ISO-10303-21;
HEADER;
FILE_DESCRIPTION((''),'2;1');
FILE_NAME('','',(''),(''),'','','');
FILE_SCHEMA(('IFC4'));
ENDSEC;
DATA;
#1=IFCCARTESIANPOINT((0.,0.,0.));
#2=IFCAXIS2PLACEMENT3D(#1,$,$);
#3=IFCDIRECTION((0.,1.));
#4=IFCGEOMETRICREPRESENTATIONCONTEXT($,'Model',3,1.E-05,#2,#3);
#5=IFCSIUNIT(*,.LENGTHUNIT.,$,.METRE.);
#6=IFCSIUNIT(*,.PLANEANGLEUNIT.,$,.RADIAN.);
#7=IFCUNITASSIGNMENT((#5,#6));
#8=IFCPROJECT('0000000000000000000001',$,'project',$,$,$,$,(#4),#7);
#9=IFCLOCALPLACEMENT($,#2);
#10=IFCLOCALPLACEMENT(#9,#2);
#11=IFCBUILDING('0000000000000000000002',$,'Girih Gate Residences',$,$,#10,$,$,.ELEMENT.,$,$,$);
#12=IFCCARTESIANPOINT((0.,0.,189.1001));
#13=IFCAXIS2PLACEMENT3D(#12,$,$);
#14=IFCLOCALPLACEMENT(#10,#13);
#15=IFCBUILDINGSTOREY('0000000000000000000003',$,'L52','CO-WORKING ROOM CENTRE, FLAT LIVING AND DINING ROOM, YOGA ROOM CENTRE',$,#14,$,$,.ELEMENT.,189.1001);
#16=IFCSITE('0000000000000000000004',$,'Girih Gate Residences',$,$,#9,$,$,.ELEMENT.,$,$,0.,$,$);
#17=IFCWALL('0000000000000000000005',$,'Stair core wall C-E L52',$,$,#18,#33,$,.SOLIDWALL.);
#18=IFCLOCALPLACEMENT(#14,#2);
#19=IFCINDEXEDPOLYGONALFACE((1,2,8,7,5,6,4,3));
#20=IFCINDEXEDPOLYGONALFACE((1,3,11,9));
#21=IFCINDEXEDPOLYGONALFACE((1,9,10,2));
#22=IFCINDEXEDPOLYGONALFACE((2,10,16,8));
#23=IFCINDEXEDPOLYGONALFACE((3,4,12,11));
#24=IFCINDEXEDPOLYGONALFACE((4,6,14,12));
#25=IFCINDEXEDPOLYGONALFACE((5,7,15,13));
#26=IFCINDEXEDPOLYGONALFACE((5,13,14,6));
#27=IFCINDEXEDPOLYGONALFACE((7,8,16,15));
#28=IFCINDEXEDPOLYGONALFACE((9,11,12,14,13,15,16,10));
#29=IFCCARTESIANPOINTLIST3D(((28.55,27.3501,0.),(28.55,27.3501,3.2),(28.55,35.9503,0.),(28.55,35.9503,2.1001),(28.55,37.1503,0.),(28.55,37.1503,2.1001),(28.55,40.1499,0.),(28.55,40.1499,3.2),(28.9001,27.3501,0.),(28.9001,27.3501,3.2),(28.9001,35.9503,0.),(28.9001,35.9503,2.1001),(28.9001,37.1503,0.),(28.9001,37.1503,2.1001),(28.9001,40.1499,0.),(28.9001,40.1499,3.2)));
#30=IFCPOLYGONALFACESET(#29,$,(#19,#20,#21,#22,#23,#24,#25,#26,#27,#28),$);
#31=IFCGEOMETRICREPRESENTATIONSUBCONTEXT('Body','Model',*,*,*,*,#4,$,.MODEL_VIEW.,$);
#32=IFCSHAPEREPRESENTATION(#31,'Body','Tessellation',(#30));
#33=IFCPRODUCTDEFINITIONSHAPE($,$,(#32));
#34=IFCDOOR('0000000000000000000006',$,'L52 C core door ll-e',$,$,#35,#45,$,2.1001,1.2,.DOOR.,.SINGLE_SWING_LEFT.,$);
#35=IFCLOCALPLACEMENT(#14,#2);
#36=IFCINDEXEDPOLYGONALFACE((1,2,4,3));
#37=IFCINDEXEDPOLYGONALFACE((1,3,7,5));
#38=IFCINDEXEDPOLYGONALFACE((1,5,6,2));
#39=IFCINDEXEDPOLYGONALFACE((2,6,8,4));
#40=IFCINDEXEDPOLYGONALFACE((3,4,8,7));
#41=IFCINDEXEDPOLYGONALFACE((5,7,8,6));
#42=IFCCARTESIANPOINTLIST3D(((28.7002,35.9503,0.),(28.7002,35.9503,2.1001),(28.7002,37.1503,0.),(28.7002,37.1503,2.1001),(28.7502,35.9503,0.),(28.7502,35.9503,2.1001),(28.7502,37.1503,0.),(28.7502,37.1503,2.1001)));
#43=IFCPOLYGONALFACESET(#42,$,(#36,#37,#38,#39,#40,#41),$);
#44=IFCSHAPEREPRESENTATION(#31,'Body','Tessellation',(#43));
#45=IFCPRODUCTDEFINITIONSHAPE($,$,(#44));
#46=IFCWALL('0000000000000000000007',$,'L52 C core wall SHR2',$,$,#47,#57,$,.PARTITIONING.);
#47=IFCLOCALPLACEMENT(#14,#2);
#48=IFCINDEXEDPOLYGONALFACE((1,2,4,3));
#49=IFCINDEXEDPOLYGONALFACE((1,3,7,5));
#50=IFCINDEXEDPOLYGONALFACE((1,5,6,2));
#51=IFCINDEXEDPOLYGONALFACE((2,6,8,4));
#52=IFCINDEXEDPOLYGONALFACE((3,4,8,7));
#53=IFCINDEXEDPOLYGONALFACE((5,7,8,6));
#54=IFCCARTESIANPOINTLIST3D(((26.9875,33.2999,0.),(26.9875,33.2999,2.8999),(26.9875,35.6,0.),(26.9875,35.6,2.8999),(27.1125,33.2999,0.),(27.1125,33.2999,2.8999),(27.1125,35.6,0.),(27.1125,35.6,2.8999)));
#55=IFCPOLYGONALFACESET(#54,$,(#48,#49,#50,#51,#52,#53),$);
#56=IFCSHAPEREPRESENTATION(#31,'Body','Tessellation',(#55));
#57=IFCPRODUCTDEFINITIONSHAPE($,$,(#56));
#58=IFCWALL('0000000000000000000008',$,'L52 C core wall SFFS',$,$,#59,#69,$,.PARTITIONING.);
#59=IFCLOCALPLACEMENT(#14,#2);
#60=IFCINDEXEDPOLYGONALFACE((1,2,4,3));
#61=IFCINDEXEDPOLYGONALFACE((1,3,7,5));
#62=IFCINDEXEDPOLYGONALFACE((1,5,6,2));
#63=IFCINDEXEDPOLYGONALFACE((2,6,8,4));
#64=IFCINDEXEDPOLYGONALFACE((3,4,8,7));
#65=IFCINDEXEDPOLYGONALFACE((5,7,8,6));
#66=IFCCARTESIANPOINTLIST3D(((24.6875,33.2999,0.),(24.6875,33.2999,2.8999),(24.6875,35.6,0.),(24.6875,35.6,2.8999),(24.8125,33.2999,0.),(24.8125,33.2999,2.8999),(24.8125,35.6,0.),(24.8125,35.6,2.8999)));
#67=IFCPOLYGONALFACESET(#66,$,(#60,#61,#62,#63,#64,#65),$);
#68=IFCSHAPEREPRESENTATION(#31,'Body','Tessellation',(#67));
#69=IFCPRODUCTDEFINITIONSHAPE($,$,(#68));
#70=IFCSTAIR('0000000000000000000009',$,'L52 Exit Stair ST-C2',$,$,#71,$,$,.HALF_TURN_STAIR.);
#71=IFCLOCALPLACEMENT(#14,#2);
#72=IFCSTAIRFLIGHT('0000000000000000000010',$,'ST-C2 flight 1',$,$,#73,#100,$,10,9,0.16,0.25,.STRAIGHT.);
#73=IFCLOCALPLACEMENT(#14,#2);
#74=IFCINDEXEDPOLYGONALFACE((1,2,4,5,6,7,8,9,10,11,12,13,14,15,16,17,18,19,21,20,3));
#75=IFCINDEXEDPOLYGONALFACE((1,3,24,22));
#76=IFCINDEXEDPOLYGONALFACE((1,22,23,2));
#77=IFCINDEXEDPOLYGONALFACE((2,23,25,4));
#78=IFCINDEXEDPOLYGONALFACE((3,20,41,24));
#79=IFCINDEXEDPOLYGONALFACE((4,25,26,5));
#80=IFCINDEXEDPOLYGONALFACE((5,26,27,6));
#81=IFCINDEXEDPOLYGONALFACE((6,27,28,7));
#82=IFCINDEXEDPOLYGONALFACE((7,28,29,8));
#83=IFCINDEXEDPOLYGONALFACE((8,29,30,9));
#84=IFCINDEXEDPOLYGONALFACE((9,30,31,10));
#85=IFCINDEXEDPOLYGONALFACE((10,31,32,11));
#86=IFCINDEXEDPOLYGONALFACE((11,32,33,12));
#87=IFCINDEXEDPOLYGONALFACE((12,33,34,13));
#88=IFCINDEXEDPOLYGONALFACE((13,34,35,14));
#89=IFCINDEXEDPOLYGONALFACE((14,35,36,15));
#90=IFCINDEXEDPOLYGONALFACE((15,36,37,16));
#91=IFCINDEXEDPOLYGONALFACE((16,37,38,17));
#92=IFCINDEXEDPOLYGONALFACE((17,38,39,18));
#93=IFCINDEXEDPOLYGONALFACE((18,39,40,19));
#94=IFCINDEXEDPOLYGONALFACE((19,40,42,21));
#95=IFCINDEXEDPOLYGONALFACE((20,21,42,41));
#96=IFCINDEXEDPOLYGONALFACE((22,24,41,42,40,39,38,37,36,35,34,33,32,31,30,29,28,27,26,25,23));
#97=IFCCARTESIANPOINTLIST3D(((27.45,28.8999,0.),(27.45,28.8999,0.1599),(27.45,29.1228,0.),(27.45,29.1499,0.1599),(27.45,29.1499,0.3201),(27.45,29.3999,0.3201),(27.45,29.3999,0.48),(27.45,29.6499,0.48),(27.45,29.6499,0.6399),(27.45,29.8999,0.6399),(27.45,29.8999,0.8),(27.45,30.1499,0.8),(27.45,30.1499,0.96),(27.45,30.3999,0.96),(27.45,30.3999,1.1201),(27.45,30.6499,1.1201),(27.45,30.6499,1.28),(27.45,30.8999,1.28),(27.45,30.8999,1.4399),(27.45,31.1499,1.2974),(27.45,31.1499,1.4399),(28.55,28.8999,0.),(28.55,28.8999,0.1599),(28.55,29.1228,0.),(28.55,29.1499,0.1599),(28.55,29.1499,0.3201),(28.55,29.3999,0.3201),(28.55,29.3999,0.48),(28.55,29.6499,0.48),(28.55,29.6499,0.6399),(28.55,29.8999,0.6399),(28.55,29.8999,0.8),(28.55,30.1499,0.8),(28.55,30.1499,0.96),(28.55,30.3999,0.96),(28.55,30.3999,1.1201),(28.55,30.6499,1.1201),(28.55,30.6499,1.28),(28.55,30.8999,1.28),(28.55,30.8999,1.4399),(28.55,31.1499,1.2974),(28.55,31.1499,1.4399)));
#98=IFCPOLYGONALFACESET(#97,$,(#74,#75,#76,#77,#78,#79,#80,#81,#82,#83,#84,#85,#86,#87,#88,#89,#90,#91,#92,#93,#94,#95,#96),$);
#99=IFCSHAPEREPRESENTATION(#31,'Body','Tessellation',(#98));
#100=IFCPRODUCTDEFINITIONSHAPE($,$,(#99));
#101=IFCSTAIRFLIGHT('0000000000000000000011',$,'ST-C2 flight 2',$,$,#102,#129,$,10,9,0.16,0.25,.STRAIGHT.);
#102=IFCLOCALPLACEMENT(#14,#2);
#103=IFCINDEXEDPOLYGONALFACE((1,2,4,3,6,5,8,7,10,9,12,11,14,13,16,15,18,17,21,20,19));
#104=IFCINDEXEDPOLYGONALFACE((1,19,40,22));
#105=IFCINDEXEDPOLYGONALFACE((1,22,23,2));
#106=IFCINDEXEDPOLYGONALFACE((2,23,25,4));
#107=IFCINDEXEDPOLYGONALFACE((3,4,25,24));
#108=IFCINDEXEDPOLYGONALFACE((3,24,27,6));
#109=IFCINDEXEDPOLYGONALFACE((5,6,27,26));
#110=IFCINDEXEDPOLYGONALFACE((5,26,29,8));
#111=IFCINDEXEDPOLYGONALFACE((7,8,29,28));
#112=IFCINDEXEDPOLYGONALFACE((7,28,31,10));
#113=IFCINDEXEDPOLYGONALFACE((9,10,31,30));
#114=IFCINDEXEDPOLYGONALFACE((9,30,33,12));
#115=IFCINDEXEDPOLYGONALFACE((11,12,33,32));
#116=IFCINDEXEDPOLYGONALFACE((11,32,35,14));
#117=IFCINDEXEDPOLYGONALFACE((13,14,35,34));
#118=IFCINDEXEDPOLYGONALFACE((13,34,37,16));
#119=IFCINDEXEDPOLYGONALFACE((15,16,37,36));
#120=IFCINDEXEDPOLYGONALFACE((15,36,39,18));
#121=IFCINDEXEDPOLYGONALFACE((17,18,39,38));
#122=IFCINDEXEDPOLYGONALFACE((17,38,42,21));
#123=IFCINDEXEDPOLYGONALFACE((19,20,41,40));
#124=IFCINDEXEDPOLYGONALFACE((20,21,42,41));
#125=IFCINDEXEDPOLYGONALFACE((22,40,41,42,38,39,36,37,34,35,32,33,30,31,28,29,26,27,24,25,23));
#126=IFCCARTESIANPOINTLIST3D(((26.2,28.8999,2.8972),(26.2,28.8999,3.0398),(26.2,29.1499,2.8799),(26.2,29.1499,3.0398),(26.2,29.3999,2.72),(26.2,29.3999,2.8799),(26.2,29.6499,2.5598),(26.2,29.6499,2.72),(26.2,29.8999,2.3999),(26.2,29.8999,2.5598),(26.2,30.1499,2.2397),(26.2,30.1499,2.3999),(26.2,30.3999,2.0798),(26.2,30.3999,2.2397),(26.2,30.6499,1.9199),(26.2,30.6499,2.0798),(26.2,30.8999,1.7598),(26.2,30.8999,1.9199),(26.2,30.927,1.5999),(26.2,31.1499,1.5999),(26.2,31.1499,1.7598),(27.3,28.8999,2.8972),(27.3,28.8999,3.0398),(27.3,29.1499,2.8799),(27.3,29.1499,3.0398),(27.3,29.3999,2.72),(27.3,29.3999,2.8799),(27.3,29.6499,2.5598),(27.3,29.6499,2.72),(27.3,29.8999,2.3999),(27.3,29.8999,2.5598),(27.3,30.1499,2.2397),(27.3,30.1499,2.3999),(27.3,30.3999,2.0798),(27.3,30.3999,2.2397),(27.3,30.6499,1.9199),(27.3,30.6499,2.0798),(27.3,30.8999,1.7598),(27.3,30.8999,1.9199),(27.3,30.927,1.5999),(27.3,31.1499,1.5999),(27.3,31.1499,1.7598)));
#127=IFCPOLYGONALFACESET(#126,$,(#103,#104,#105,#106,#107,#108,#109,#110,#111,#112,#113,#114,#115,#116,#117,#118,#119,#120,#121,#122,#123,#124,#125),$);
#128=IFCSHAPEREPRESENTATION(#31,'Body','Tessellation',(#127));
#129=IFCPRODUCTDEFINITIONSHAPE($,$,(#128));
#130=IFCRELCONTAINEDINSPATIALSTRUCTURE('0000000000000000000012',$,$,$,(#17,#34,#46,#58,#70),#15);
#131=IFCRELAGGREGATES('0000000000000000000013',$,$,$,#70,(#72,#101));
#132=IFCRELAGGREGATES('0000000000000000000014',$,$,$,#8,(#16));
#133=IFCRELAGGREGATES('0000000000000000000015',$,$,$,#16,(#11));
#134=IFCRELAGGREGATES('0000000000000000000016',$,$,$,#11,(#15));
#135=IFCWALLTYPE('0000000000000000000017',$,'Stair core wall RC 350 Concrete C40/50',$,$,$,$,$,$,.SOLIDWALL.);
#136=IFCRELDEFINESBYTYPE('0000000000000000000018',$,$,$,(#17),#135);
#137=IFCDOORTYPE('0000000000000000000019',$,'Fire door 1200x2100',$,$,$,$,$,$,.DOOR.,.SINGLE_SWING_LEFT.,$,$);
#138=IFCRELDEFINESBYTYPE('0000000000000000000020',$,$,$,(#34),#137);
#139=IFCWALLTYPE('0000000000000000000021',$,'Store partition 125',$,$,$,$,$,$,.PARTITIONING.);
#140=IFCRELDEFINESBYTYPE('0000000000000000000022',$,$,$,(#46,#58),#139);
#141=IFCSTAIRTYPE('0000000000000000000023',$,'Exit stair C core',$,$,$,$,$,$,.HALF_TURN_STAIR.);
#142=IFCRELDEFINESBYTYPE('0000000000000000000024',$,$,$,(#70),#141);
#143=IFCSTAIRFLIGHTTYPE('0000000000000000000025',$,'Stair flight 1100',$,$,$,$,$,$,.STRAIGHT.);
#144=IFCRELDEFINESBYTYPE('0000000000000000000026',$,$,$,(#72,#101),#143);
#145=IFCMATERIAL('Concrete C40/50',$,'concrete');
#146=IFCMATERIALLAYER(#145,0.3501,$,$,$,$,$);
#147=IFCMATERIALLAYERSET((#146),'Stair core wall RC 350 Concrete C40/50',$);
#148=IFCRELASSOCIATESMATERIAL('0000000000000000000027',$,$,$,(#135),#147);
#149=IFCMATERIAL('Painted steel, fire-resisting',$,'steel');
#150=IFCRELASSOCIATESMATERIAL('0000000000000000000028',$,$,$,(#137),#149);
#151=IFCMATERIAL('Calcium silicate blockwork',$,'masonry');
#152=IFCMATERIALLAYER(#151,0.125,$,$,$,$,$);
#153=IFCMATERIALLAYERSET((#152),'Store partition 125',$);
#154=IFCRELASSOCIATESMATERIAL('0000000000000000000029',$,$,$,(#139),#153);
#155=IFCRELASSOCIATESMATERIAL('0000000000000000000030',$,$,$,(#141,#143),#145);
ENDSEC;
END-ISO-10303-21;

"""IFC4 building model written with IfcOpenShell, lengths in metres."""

from ifc_helpers import new_model, si_unit, direction, frame, frame_2d, origin, place, context, subcontext, project, spatial, polyline, rectangle, outline, extrude, material, layer, layer_set, type_object, element, fill, aggregate, save


model = new_model("IFC4")

# Units and contexts
model_context = context("Model", 3, precision=1e-05, world=origin(), true_north=direction((0.0, 1.0)))
body_context = subcontext(model_context, "Body", "Model", "MODEL_VIEW")
ifc_project = project(units=[si_unit("LENGTHUNIT", "METRE"), si_unit("PLANEANGLEUNIT", "RADIAN")], contexts=[model_context])

# Site, building, storey
site_placement = place(None, origin())
site = spatial("IfcSite", under=ifc_project, at=site_placement, Name="Girih Gate Residences", CompositionType="ELEMENT", RefElevation=0.0)
building_placement = place(site_placement, origin())
building = spatial("IfcBuilding", under=site, at=building_placement, Name="Girih Gate Residences", CompositionType="ELEMENT")
storey_placement = place(building_placement, frame((0.0, 0.0, 189.1001)))
storey = spatial("IfcBuildingStorey", under=building, at=storey_placement, Name="L52", Description="CO-WORKING ROOM CENTRE, FLAT LIVING AND DINING ROOM, YOGA ROOM CENTRE", CompositionType="ELEMENT", Elevation=189.1001)

# Shared definitions
ifc_material_1 = material(Name="Concrete C40/50", Category="concrete")
ifc_material_2 = material(Name="Painted steel, fire-resisting", Category="steel")

# Wall, opening, door
ifc_layer_1 = layer(ifc_material_1, 0.3501)
ifc_layer_set_1 = layer_set([ifc_layer_1], Name="Stair core wall RC 350 Concrete C40/50")
wall_type_1 = type_object("IfcWallType", Name="Stair core wall RC 350 Concrete C40/50", PredefinedType="SOLIDWALL", material=ifc_layer_set_1)
wall_1_placement = place(storey_placement, frame((28.7251, 27.3501, 0.0), z_axis=(0.0, 0.0, 1.0), x_axis=(0.0, 1.0, 0.0)))
wall_1 = element("IfcWall", 1, at=wall_1_placement, inside=storey, type_object=wall_type_1, Name="Stair core wall C-E L52", PredefinedType="SOLIDWALL", context=body_context, shape_type="SweptSolid", body=[
    extrude(rectangle(XDim=12.7998, YDim=0.3501, at=frame_2d((6.3999, 0.0))), origin(), (0.0, 0.0, 1.0), 3.2),
])
opening_1_placement = place(wall_1_placement, frame((8.6001, 0.0, 0.0)))
opening_1 = element("IfcOpeningElement", 2, at=opening_1_placement, cuts=wall_1, PredefinedType="OPENING", context=body_context, shape_type="SweptSolid", body=[
    extrude(rectangle(XDim=1.2, YDim=2.1001, at=frame_2d((0.6001, 1.05))), frame((0.0, 0.1851, 0.0), z_axis=(0.0, -1.0, 0.0), x_axis=(1.0, 0.0, 0.0)), (0.0, 0.0, 1.0), 0.3701),
])
door_type_1 = type_object("IfcDoorType", Name="Fire door 1200x2100", OperationType="SINGLE_SWING_LEFT", PredefinedType="DOOR", material=ifc_material_2)
door_1_placement = place(opening_1_placement, origin())
door_1 = element("IfcDoor", 3, at=door_1_placement, inside=storey, type_object=door_type_1, Name="L52 C core door ll-e", OperationType="SINGLE_SWING_LEFT", OverallHeight=2.1001, OverallWidth=1.2, PredefinedType="DOOR", context=body_context, shape_type="SweptSolid", body=[
    extrude(rectangle(XDim=1.2, YDim=2.1001, at=frame_2d((0.6001, 1.05))), frame((0.0, 0.0249, 0.0), z_axis=(0.0, -1.0, 0.0), x_axis=(1.0, 0.0, 0.0)), (0.0, 0.0, 1.0), 0.05),
])
fill(opening_1, door_1)

# Walls
ifc_material_3 = material(Name="Calcium silicate blockwork", Category="masonry")
ifc_layer_2 = layer(ifc_material_3, 0.125)
ifc_layer_set_2 = layer_set([ifc_layer_2], Name="Store partition 125")
wall_type_2 = type_object("IfcWallType", Name="Store partition 125", PredefinedType="PARTITIONING", material=ifc_layer_set_2)
for number, where, z_axis, x_axis, name in (
    (4, (27.05, 33.3, 0.0), (0.0, 0.0, 1.0), (0.0, 1.0, 0.0), "L52 C core wall SHR2"),
    (5, (24.75, 33.3, 0.0), (0.0, 0.0, 1.0), (0.0, 1.0, 0.0), "L52 C core wall SFFS"),
):
    element("IfcWall", number, at=place(storey_placement, frame(where, z_axis=z_axis, x_axis=x_axis)), inside=storey, type_object=wall_type_2, Name=name, PredefinedType="PARTITIONING", context=body_context, shape_type="SweptSolid", body=[
        extrude(rectangle(XDim=2.3, YDim=0.125, at=frame_2d((1.1499, 0.0))), origin(), (0.0, 0.0, 1.0), 2.8999),
    ])

# Stair, stair flights
stair_type = type_object("IfcStairType", Name="Exit stair C core", PredefinedType="HALF_TURN_STAIR", material=ifc_material_1)
stair_placement = place(storey_placement, origin())
stair = element("IfcStair", 6, at=stair_placement, inside=storey, type_object=stair_type, Name="L52 Exit Stair ST-C2", PredefinedType="HALF_TURN_STAIR")
stair_flight_type = type_object("IfcStairFlightType", Name="Stair flight 1100", PredefinedType="STRAIGHT", material=ifc_material_1)
stair_flight_1_placement = place(storey_placement, frame((28.0, 28.8999, 0.0), z_axis=(0.0, 0.0, 1.0), x_axis=(0.0, 1.0, 0.0)))
stair_flight_1 = element("IfcStairFlight", 7, at=stair_flight_1_placement, type_object=stair_flight_type, Name="ST-C2 flight 1", NumberOfRisers=10, NumberOfTreads=9, PredefinedType="STRAIGHT", RiserHeight=0.16, TreadLength=0.25, context=body_context, shape_type="SweptSolid", body=[
    extrude(outline(polyline([(0.0, 0.0), (0.0, 0.1599), (0.25, 0.1599), (0.25, 0.3201), (0.5, 0.3201), (0.5, 0.48), (0.75, 0.48), (0.75, 0.6399), (1.0, 0.6399), (1.0, 0.8), (1.25, 0.8), (1.25, 0.96), (1.5, 0.96), (1.5, 1.1201), (1.75, 1.1201), (1.75, 1.28), (2.0, 1.28), (2.0, 1.4399), (2.25, 1.4399), (2.25, 1.6001), (2.25, 1.2974), (0.2229, 0.0), (0.0, 0.0)])), frame((0.0, 0.55, 0.0), z_axis=(0.0, -1.0, 0.0), x_axis=(1.0, 0.0, 0.0)), (0.0, 0.0, 1.0), 1.1001),
])
stair_flight_2_placement = place(storey_placement, frame((26.75, 31.1499, 1.5999), z_axis=(0.0, 0.0, 1.0), x_axis=(0.0, -1.0, 0.0)))
stair_flight_2 = element("IfcStairFlight", 8, at=stair_flight_2_placement, type_object=stair_flight_type, Name="ST-C2 flight 2", NumberOfRisers=10, NumberOfTreads=9, PredefinedType="STRAIGHT", RiserHeight=0.16, TreadLength=0.25, context=body_context, shape_type="SweptSolid", body=[
    extrude(outline(polyline([(0.0, 0.0), (0.0, 0.1599), (0.25, 0.1599), (0.25, 0.3201), (0.5, 0.3201), (0.5, 0.48), (0.75, 0.48), (0.75, 0.6399), (1.0, 0.6399), (1.0, 0.8), (1.25, 0.8), (1.25, 0.96), (1.5, 0.96), (1.5, 1.1201), (1.75, 1.1201), (1.75, 1.28), (2.0, 1.28), (2.0, 1.4399), (2.25, 1.4399), (2.25, 1.6001), (2.25, 1.2974), (0.2229, 0.0), (0.0, 0.0)])), frame((0.0, 0.55, 0.0), z_axis=(0.0, -1.0, 0.0), x_axis=(1.0, 0.0, 0.0)), (0.0, 0.0, 1.0), 1.1001),
])
aggregate(stair, [stair_flight_1, stair_flight_2])

save(model, "model.ifc")
